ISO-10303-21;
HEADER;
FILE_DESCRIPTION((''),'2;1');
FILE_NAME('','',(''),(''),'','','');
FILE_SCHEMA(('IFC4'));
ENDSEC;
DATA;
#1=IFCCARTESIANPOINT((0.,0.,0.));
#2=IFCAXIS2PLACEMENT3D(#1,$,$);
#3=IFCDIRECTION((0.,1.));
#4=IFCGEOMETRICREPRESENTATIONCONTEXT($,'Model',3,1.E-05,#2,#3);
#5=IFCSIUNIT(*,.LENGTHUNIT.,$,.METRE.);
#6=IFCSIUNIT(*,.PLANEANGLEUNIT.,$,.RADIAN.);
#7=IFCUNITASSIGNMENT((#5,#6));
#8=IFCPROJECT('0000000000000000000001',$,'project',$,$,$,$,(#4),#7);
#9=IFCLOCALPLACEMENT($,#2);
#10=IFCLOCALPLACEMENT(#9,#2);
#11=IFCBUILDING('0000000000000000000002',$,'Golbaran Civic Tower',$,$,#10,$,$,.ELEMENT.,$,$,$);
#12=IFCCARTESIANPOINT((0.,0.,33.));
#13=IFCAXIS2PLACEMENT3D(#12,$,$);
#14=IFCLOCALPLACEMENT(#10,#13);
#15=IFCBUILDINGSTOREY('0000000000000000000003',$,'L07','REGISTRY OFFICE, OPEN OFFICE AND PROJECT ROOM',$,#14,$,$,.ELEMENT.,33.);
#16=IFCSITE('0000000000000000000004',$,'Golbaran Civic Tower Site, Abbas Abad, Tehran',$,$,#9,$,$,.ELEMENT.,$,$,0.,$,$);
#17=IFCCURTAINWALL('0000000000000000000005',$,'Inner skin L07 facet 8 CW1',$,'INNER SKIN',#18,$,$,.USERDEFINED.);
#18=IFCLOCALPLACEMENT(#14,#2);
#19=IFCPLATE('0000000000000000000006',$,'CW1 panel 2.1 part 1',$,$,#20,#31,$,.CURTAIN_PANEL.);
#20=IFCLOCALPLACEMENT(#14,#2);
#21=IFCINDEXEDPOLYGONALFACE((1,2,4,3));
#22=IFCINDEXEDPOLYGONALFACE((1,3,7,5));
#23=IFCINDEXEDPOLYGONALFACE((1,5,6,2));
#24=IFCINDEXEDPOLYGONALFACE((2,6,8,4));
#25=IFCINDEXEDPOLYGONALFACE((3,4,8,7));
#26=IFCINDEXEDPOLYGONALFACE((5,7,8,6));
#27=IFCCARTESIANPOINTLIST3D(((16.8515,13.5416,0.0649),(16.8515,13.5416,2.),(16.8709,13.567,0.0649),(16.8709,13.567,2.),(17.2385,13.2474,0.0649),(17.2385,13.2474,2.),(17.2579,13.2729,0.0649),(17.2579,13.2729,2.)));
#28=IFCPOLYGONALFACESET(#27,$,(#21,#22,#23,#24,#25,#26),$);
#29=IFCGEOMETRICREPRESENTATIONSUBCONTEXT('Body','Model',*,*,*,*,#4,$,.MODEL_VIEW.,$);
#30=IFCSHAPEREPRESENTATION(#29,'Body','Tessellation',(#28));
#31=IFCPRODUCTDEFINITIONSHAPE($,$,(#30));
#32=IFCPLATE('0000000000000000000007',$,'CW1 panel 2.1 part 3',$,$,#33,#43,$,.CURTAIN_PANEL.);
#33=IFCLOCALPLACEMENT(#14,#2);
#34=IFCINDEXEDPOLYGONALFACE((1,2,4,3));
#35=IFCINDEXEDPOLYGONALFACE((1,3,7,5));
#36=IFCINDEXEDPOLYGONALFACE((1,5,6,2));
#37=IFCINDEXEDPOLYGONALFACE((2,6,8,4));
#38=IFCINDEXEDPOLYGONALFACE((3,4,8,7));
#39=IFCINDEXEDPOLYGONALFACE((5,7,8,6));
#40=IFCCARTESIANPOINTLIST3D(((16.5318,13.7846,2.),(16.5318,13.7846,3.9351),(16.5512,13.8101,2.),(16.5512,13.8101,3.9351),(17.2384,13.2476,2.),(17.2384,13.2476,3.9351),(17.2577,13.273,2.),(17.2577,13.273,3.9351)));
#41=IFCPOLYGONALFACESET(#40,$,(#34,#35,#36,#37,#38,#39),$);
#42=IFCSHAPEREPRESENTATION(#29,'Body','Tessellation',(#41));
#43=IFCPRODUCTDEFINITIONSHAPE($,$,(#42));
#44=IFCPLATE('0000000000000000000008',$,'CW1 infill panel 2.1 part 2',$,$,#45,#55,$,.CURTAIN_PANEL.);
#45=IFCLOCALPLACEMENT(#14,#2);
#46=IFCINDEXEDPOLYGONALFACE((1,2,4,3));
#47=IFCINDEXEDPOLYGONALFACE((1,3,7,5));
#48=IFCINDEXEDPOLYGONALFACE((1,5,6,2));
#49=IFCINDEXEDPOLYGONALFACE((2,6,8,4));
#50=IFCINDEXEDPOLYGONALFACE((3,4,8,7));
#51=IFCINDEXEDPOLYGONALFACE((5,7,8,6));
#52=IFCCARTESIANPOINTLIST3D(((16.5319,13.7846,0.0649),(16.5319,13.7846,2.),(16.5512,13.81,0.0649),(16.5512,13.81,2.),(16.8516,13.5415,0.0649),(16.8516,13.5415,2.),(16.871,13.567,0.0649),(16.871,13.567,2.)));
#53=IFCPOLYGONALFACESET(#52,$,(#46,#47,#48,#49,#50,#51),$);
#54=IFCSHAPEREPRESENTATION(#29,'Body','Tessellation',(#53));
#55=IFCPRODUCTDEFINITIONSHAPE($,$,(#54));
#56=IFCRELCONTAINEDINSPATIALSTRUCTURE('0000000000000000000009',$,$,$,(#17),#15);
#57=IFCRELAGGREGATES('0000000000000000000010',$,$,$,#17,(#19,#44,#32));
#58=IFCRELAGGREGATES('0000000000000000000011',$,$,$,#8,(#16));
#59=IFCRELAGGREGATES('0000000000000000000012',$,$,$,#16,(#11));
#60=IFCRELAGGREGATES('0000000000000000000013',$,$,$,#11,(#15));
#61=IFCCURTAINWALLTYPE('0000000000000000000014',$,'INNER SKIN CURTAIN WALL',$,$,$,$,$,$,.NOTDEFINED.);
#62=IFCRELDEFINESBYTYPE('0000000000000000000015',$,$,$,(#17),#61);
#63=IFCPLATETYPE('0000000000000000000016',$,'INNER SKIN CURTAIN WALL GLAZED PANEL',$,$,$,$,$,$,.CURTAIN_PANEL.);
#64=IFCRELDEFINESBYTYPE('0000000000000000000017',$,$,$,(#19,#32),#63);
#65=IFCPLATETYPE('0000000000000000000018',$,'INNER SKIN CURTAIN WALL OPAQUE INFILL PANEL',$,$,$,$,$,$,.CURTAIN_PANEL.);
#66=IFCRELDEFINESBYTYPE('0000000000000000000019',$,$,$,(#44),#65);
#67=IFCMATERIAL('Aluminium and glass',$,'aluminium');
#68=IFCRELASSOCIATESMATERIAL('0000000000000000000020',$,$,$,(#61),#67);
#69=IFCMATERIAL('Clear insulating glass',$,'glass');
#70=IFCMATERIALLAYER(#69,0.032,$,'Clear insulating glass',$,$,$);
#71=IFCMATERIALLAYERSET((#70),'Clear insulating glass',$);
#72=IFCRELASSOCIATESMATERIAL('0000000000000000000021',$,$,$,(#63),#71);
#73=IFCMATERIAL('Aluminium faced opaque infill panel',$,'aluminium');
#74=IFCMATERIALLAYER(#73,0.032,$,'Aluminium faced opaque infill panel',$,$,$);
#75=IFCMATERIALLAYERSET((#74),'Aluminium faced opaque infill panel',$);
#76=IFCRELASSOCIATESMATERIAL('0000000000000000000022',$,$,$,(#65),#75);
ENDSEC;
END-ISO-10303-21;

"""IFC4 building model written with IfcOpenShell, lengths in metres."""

from ifc_helpers import new_model, si_unit, direction, frame, origin, origin_2d, place, context, subcontext, project, spatial, rectangle, extrude, material, layer, layer_set, type_object, element, aggregate, save


model = new_model("IFC4")

# Units and contexts
model_context = context("Model", 3, precision=1e-05, world=origin(), true_north=direction((0.0, 1.0)))
body_context = subcontext(model_context, "Body", "Model", "MODEL_VIEW")
ifc_project = project(units=[si_unit("LENGTHUNIT", "METRE"), si_unit("PLANEANGLEUNIT", "RADIAN")], contexts=[model_context])

# Site, building, storey
site_placement = place(None, origin())
site = spatial("IfcSite", under=ifc_project, at=site_placement, Name="Golbaran Civic Tower Site, Abbas Abad, Tehran", CompositionType="ELEMENT", RefElevation=0.0)
building_placement = place(site_placement, origin())
building = spatial("IfcBuilding", under=site, at=building_placement, Name="Golbaran Civic Tower", CompositionType="ELEMENT")
storey_placement = place(building_placement, frame((0.0, 0.0, 33.0)))
storey = spatial("IfcBuildingStorey", under=building, at=storey_placement, Name="L07", Description="REGISTRY OFFICE, OPEN OFFICE AND PROJECT ROOM", CompositionType="ELEMENT", Elevation=33.0)

# Curtain wall
ifc_material_1 = material(Name="Aluminium and glass", Category="aluminium")
curtain_wall_type = type_object("IfcCurtainWallType", Name="INNER SKIN CURTAIN WALL", PredefinedType="NOTDEFINED", material=ifc_material_1)
curtain_wall_1_placement = place(storey_placement, origin())
curtain_wall_1 = element("IfcCurtainWall", 1, at=curtain_wall_1_placement, inside=storey, type_object=curtain_wall_type, Name="Inner skin L07 facet 8 CW1", ObjectType="INNER SKIN", PredefinedType="USERDEFINED")

# Plates
ifc_material_2 = material(Name="Clear insulating glass", Category="glass")
ifc_layer_1 = layer(ifc_material_2, 0.032, Name="Clear insulating glass")
ifc_layer_set_1 = layer_set([ifc_layer_1], Name="Clear insulating glass")
plate_type_1 = type_object("IfcPlateType", Name="INNER SKIN CURTAIN WALL GLAZED PANEL", PredefinedType="CURTAIN_PANEL", material=ifc_layer_set_1)
plate_1_placement = place(storey_placement, frame((17.0547, 13.4072, 0.0649), z_axis=(0.0, 0.0, 1.0), x_axis=(-0.796108, 0.605154, 0.0)))
plate_1 = element("IfcPlate", 2, at=plate_1_placement, type_object=plate_type_1, Name="CW1 panel 2.1 part 1", PredefinedType="CURTAIN_PANEL", context=body_context, shape_type="SweptSolid", body=[
    extrude(rectangle(XDim=0.4861, YDim=0.032, at=origin_2d()), origin(), (0.0, 0.0, 1.0), 1.9351),
])
plate_2_placement = place(storey_placement, frame((16.8948, 13.5288, 2.0), z_axis=(0.0, 0.0, 1.0), x_axis=(-0.796108, 0.605154, 0.0)))
plate_2 = element("IfcPlate", 3, at=plate_2_placement, type_object=plate_type_1, Name="CW1 panel 2.1 part 3", PredefinedType="CURTAIN_PANEL", context=body_context, shape_type="SweptSolid", body=[
    extrude(rectangle(XDim=0.8875, YDim=0.032, at=origin_2d()), origin(), (0.0, 0.0, 1.0), 1.9351),
])
ifc_material_3 = material(Name="Aluminium faced opaque infill panel", Category="aluminium")
ifc_layer_2 = layer(ifc_material_3, 0.032, Name="Aluminium faced opaque infill panel")
ifc_layer_set_2 = layer_set([ifc_layer_2], Name="Aluminium faced opaque infill panel")
plate_type_2 = type_object("IfcPlateType", Name="INNER SKIN CURTAIN WALL OPAQUE INFILL PANEL", PredefinedType="CURTAIN_PANEL", material=ifc_layer_set_2)
plate_3_placement = place(storey_placement, frame((16.7014, 13.6758, 0.0649), z_axis=(0.0, 0.0, 1.0), x_axis=(-0.796108, 0.605154, 0.0)))
plate_3 = element("IfcPlate", 4, at=plate_3_placement, type_object=plate_type_2, Name="CW1 infill panel 2.1 part 2", PredefinedType="CURTAIN_PANEL", context=body_context, shape_type="SweptSolid", body=[
    extrude(rectangle(XDim=0.4016, YDim=0.032, at=origin_2d()), origin(), (0.0, 0.0, 1.0), 1.9351),
])
aggregate(curtain_wall_1, [plate_1, plate_3, plate_2])

save(model, "model.ifc")
